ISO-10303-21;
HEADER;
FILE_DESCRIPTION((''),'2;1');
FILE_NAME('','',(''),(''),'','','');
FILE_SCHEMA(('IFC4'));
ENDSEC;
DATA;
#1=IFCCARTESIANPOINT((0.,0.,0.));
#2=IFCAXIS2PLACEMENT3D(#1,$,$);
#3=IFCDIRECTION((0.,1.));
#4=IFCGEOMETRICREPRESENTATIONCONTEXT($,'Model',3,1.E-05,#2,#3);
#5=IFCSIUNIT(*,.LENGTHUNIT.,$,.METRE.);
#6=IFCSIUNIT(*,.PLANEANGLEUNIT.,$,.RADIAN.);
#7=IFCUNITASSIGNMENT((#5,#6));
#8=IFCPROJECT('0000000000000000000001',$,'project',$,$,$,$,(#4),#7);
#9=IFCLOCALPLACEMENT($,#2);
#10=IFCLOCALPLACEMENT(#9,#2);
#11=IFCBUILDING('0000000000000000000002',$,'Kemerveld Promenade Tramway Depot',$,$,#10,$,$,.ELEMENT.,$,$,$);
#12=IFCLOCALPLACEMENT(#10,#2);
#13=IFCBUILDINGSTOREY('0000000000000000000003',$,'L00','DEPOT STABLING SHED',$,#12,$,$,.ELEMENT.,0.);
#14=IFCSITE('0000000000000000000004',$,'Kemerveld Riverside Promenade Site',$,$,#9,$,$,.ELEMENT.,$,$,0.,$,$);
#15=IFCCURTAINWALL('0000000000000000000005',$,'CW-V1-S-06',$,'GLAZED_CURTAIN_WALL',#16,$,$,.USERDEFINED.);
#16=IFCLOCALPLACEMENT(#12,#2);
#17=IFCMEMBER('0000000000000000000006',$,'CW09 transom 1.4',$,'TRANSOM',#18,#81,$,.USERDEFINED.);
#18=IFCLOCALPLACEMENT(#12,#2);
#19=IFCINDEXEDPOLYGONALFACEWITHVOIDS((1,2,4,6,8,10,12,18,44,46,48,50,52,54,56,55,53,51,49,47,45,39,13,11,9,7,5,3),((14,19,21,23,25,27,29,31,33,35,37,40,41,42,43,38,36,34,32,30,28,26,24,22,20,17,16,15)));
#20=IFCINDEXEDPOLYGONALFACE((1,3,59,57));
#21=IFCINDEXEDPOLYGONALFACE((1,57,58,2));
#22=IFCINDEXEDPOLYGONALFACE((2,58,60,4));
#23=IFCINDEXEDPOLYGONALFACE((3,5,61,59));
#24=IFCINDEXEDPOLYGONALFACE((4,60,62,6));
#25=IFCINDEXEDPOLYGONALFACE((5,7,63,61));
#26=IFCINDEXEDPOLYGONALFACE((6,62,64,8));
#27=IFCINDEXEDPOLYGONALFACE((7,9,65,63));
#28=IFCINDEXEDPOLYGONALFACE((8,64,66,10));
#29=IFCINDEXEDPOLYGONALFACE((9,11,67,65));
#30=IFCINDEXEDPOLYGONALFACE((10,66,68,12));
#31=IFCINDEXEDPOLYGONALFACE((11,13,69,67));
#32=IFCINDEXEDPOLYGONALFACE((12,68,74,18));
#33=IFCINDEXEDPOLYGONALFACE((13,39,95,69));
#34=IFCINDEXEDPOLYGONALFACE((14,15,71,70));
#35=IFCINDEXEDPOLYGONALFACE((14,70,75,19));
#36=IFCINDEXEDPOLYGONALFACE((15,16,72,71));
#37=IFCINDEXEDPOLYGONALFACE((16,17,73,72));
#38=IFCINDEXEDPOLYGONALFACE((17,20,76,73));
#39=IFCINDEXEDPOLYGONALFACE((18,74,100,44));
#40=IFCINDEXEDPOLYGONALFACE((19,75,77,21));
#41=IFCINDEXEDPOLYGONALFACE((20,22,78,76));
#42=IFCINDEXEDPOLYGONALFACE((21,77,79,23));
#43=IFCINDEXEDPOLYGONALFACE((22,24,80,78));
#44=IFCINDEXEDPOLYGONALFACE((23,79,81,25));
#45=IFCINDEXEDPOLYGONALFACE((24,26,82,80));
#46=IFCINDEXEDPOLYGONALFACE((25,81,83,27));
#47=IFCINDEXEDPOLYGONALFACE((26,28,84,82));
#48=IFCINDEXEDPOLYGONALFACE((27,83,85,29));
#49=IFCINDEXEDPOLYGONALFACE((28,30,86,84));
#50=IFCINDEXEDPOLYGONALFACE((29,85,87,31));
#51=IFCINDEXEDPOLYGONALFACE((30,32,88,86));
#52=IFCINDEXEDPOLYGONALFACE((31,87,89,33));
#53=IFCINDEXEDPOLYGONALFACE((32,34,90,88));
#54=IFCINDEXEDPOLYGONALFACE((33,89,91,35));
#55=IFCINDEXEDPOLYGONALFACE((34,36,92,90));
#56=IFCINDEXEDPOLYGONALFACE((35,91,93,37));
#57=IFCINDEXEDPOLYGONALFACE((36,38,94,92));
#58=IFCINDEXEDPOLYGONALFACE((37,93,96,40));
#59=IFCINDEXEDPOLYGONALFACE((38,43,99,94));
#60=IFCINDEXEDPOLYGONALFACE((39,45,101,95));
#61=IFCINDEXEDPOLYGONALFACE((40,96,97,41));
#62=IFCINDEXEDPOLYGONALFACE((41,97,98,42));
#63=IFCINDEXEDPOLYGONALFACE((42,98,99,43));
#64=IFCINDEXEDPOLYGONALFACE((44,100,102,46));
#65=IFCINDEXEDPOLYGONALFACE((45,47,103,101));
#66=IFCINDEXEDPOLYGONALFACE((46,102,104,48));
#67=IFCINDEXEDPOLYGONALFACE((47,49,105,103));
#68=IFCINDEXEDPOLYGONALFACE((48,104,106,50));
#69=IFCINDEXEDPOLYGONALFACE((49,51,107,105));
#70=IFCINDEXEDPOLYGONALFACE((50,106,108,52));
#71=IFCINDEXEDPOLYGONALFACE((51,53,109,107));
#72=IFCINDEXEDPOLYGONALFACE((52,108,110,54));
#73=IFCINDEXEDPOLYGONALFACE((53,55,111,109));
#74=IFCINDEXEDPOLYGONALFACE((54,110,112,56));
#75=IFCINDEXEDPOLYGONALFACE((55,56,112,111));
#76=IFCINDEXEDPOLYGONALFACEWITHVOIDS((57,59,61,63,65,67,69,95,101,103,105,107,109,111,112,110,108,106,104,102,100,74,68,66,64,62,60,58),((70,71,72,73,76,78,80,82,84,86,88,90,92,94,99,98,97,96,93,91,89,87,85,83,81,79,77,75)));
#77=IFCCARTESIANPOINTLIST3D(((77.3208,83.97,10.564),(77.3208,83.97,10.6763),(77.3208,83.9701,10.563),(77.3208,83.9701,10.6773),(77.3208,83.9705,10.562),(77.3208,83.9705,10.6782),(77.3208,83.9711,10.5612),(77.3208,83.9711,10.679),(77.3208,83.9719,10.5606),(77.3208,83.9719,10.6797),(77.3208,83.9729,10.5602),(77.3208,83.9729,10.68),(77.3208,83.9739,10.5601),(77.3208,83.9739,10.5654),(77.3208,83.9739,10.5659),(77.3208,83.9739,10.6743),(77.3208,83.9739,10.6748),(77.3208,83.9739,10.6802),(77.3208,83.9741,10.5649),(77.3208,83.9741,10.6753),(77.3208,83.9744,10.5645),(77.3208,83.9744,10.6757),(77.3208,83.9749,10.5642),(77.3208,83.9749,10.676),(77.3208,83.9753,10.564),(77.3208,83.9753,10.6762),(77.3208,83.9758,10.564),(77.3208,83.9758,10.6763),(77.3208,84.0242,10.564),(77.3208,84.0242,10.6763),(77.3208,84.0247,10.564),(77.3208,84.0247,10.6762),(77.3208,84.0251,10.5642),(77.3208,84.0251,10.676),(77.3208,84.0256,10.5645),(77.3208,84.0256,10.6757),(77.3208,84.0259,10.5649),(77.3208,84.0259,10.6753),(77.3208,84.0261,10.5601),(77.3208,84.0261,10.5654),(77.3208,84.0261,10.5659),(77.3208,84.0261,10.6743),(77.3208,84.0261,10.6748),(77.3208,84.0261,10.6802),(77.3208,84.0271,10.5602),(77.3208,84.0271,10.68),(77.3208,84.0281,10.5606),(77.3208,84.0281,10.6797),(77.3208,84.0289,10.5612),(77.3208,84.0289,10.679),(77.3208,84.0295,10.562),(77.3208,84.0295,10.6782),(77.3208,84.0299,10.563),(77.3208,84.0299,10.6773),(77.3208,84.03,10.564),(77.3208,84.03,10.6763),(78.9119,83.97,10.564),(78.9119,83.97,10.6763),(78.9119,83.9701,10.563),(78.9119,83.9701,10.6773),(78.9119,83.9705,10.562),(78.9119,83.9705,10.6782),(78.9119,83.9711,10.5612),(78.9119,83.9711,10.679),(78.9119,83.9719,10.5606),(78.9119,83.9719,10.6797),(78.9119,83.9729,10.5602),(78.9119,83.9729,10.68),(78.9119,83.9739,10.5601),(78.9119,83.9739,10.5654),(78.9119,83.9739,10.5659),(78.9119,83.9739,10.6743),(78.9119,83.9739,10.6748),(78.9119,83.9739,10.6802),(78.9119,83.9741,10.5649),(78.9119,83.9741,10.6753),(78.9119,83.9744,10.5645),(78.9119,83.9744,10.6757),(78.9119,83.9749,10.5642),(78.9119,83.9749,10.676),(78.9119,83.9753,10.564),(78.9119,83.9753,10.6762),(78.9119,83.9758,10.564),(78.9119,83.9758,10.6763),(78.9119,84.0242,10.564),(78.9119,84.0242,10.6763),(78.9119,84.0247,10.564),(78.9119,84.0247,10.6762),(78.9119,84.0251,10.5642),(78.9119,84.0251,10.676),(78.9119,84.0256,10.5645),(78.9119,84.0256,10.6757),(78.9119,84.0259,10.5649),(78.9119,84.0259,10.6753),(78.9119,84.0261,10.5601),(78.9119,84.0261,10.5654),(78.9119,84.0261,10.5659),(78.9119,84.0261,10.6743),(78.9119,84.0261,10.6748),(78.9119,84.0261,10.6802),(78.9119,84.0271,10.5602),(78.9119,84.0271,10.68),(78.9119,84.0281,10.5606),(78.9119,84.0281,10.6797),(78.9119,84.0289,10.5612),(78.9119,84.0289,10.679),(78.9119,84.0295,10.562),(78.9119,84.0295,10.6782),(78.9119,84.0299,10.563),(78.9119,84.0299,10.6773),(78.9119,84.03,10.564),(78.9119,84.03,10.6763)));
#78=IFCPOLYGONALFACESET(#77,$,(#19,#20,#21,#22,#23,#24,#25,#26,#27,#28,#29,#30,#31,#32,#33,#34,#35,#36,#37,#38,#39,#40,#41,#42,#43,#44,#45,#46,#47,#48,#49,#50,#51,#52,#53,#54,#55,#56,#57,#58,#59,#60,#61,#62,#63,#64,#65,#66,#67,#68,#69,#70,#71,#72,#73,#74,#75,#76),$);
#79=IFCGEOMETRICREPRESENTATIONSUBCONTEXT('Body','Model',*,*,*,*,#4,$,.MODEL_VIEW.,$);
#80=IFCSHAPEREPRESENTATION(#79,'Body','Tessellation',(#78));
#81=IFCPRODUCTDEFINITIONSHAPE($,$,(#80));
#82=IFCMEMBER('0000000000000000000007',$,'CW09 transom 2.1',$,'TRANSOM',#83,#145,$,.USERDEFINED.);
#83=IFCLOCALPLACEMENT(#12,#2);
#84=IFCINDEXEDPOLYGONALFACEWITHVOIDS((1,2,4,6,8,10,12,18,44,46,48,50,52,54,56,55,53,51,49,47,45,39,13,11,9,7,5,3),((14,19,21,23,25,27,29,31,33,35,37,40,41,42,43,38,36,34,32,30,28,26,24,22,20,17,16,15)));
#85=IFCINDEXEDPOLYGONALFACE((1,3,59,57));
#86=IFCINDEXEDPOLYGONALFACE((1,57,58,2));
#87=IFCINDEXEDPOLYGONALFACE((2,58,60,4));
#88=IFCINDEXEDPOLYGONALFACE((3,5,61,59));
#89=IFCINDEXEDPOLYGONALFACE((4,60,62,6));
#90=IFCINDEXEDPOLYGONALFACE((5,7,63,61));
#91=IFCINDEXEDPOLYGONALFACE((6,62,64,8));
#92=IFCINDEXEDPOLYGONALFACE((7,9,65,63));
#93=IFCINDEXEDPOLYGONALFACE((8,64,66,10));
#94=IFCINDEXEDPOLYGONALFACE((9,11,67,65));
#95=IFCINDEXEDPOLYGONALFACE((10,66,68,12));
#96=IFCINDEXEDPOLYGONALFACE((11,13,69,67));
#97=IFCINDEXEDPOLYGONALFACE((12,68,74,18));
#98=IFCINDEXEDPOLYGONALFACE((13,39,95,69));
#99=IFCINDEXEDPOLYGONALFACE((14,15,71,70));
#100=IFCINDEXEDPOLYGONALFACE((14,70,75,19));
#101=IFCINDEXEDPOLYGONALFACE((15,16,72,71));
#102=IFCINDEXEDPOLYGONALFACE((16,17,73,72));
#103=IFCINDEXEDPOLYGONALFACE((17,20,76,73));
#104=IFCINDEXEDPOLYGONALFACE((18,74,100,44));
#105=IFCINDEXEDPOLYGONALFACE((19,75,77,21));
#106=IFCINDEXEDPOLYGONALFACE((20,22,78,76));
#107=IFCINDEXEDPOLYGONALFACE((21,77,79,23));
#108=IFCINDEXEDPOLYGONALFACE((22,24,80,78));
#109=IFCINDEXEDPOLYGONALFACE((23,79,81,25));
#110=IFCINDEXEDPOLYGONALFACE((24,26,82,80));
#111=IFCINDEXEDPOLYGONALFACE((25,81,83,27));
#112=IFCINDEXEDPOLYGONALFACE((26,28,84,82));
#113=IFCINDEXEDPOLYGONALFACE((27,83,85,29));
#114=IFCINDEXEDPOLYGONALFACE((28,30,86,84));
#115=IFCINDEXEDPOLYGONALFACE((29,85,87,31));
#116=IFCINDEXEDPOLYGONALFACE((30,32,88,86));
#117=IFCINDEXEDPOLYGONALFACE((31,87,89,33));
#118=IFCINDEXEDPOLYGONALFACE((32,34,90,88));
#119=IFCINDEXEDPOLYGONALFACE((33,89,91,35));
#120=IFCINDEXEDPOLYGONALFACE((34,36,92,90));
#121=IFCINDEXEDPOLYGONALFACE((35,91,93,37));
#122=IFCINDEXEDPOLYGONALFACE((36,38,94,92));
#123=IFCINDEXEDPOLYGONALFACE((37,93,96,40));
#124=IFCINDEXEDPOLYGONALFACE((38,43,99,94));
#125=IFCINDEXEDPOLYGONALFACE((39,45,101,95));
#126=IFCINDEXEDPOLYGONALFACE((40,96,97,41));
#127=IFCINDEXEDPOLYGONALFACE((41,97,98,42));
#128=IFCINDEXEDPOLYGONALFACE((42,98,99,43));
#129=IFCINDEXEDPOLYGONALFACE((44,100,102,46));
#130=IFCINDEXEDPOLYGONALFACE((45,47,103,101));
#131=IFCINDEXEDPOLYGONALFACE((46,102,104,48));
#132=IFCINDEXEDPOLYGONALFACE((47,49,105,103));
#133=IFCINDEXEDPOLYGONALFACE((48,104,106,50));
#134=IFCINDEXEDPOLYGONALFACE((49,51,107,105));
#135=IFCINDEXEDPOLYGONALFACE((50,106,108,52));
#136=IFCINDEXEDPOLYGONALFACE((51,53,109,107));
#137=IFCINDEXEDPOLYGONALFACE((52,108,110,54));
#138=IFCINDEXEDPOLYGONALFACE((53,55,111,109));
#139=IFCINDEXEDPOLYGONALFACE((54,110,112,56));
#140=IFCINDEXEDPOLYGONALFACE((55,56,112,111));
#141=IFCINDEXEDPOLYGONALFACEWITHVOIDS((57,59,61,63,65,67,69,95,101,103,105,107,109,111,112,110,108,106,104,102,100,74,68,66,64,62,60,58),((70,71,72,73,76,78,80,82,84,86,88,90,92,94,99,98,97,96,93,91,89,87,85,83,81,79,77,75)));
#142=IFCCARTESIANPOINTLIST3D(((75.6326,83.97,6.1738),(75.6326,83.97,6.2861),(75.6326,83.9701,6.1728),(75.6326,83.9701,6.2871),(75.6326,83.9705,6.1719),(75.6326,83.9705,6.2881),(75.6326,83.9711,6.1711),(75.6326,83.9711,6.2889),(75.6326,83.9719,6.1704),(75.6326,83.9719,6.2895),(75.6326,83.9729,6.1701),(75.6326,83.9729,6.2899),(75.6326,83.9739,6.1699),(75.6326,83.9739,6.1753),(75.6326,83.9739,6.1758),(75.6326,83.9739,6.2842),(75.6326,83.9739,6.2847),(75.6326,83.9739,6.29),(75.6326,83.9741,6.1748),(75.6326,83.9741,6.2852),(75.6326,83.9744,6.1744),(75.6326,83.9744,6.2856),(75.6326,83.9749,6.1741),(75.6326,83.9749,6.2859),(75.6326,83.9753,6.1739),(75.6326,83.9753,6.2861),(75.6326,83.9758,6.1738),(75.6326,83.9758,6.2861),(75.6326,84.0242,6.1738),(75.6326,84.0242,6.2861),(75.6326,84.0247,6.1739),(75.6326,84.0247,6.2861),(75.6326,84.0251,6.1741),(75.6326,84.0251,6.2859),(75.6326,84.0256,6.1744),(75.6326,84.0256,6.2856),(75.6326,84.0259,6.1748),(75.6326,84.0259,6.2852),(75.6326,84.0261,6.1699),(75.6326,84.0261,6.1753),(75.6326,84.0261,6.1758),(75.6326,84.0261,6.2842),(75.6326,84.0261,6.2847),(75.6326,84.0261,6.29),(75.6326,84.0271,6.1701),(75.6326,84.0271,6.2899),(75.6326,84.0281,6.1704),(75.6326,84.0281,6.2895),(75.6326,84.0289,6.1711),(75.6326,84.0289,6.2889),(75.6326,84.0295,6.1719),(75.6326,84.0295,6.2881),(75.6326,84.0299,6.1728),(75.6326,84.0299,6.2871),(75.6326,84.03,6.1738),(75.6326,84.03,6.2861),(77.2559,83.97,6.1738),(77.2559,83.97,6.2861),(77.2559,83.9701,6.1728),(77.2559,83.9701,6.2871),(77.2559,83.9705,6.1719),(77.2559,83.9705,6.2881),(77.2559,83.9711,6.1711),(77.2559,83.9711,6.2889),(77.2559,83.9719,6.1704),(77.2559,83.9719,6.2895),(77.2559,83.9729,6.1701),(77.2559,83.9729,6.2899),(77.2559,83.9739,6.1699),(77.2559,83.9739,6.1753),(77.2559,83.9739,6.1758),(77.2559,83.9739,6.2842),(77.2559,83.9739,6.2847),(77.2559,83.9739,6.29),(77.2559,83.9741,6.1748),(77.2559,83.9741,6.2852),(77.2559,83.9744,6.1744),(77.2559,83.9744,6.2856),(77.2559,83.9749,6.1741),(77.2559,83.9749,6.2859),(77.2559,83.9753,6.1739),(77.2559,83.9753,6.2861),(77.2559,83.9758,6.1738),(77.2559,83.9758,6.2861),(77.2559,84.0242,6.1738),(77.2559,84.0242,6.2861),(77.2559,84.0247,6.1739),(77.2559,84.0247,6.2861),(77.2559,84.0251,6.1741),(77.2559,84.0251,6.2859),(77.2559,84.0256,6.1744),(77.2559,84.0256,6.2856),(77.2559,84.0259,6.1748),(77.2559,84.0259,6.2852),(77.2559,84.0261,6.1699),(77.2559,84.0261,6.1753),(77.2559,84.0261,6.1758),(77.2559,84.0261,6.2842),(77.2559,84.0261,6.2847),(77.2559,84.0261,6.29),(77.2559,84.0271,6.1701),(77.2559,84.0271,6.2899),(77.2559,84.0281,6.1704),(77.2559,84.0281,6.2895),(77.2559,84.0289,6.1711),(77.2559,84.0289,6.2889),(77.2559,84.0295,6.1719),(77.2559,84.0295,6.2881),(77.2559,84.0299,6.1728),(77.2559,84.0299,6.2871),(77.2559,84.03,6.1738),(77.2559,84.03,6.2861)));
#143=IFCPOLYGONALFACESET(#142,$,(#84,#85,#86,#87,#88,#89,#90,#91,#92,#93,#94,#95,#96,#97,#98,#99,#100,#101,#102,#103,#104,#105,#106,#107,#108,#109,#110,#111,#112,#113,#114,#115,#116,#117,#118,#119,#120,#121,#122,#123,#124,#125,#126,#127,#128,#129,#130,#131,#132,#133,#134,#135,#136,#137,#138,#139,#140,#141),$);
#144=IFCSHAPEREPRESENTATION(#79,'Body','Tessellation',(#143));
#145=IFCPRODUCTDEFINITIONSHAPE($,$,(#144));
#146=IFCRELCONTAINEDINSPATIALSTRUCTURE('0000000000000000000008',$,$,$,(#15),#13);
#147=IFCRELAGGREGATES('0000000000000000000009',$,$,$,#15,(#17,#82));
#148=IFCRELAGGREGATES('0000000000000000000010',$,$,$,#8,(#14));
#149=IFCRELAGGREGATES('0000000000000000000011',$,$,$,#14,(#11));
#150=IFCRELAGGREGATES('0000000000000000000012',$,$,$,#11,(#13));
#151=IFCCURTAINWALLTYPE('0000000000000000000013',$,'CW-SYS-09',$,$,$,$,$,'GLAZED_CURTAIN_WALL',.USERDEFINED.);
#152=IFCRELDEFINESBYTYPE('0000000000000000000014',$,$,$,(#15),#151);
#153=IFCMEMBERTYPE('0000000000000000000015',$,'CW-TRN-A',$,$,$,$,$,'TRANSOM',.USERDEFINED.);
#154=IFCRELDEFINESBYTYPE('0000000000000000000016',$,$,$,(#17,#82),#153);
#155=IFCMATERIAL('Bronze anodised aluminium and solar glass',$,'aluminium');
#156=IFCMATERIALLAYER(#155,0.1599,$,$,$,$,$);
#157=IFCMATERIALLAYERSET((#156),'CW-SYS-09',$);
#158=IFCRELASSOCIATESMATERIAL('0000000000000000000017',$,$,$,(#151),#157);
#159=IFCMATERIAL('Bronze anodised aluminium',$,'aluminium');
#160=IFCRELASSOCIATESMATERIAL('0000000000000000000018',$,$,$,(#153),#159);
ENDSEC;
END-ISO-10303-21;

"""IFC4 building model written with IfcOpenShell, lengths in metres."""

from ifc_helpers import new_model, si_unit, direction, frame, origin, origin_2d, place, context, subcontext, project, spatial, hollow_rectangle, extrude, material, layer, layer_set, material_profile, profile_set, type_object, element, aggregate, save


model = new_model("IFC4")

# Units and contexts
model_context = context("Model", 3, precision=1e-05, world=origin(), true_north=direction((0.0, 1.0)))
body_context = subcontext(model_context, "Body", "Model", "MODEL_VIEW")
ifc_project = project(units=[si_unit("LENGTHUNIT", "METRE"), si_unit("PLANEANGLEUNIT", "RADIAN")], contexts=[model_context])

# Site, building, storey
site_placement = place(None, origin())
site = spatial("IfcSite", under=ifc_project, at=site_placement, Name="Kemerveld Riverside Promenade Site", CompositionType="ELEMENT", RefElevation=0.0)
building_placement = place(site_placement, origin())
building = spatial("IfcBuilding", under=site, at=building_placement, Name="Kemerveld Promenade Tramway Depot", CompositionType="ELEMENT")
storey_placement = place(building_placement, origin())
storey = spatial("IfcBuildingStorey", under=building, at=storey_placement, Name="L00", Description="DEPOT STABLING SHED", CompositionType="ELEMENT", Elevation=0.0)

# Curtain wall
ifc_material_1 = material(Name="Bronze anodised aluminium and solar glass", Category="aluminium")
ifc_layer_1 = layer(ifc_material_1, 0.1599)
ifc_layer_set_1 = layer_set([ifc_layer_1], Name="CW-SYS-09")
curtain_wall_type_1 = type_object("IfcCurtainWallType", Name="CW-SYS-09", ElementType="GLAZED_CURTAIN_WALL", PredefinedType="USERDEFINED", material=ifc_layer_set_1)
curtain_wall_1_placement = place(storey_placement, origin())
curtain_wall_1 = element("IfcCurtainWall", 1, at=curtain_wall_1_placement, inside=storey, type_object=curtain_wall_type_1, Name="CW-V1-S-06", ObjectType="GLAZED_CURTAIN_WALL", PredefinedType="USERDEFINED")
ifc_material_2 = material(Name="Bronze anodised aluminium", Category="aluminium")

# Members
ifc_material_profile_1 = material_profile(ifc_material_2, hollow_rectangle(XDim=0.0601, YDim=0.1201, WallThickness=0.0039, InnerFilletRadius=0.002, OuterFilletRadius=0.0039, at=origin_2d()), Name="CW-TRN-120x60")
ifc_profile_set_1 = profile_set([ifc_material_profile_1], Name="Bronze anodised aluminium")
member_type_1 = type_object("IfcMemberType", Name="CW-TRN-A", ElementType="TRANSOM", PredefinedType="USERDEFINED", material=ifc_profile_set_1)
member_1_placement = place(storey_placement, frame((78.9119, 84.0, 10.6201), z_axis=(-1.0, 0.0, 0.0), x_axis=(0.0, -1.0, 0.0)))
member_1 = element("IfcMember", 2, at=member_1_placement, type_object=member_type_1, Name="CW09 transom 1.4", ObjectType="TRANSOM", PredefinedType="USERDEFINED", context=body_context, shape_type="SweptSolid", body=[
    extrude(hollow_rectangle(XDim=0.0601, YDim=0.1201, WallThickness=0.0039, InnerFilletRadius=0.002, OuterFilletRadius=0.0039, at=origin_2d()), origin(), (0.0, 0.0, 1.0), 1.5911),
])
member_2_placement = place(storey_placement, frame((77.2559, 84.0, 6.23), z_axis=(-1.0, 0.0, 0.0), x_axis=(0.0, -1.0, 0.0)))
member_2 = element("IfcMember", 3, at=member_2_placement, type_object=member_type_1, Name="CW09 transom 2.1", ObjectType="TRANSOM", PredefinedType="USERDEFINED", context=body_context, shape_type="SweptSolid", body=[
    extrude(hollow_rectangle(XDim=0.0601, YDim=0.1201, WallThickness=0.0039, InnerFilletRadius=0.002, OuterFilletRadius=0.0039, at=origin_2d()), origin(), (0.0, 0.0, 1.0), 1.6233),
])

aggregate(curtain_wall_1, [member_1, member_2])

save(model, "model.ifc")
